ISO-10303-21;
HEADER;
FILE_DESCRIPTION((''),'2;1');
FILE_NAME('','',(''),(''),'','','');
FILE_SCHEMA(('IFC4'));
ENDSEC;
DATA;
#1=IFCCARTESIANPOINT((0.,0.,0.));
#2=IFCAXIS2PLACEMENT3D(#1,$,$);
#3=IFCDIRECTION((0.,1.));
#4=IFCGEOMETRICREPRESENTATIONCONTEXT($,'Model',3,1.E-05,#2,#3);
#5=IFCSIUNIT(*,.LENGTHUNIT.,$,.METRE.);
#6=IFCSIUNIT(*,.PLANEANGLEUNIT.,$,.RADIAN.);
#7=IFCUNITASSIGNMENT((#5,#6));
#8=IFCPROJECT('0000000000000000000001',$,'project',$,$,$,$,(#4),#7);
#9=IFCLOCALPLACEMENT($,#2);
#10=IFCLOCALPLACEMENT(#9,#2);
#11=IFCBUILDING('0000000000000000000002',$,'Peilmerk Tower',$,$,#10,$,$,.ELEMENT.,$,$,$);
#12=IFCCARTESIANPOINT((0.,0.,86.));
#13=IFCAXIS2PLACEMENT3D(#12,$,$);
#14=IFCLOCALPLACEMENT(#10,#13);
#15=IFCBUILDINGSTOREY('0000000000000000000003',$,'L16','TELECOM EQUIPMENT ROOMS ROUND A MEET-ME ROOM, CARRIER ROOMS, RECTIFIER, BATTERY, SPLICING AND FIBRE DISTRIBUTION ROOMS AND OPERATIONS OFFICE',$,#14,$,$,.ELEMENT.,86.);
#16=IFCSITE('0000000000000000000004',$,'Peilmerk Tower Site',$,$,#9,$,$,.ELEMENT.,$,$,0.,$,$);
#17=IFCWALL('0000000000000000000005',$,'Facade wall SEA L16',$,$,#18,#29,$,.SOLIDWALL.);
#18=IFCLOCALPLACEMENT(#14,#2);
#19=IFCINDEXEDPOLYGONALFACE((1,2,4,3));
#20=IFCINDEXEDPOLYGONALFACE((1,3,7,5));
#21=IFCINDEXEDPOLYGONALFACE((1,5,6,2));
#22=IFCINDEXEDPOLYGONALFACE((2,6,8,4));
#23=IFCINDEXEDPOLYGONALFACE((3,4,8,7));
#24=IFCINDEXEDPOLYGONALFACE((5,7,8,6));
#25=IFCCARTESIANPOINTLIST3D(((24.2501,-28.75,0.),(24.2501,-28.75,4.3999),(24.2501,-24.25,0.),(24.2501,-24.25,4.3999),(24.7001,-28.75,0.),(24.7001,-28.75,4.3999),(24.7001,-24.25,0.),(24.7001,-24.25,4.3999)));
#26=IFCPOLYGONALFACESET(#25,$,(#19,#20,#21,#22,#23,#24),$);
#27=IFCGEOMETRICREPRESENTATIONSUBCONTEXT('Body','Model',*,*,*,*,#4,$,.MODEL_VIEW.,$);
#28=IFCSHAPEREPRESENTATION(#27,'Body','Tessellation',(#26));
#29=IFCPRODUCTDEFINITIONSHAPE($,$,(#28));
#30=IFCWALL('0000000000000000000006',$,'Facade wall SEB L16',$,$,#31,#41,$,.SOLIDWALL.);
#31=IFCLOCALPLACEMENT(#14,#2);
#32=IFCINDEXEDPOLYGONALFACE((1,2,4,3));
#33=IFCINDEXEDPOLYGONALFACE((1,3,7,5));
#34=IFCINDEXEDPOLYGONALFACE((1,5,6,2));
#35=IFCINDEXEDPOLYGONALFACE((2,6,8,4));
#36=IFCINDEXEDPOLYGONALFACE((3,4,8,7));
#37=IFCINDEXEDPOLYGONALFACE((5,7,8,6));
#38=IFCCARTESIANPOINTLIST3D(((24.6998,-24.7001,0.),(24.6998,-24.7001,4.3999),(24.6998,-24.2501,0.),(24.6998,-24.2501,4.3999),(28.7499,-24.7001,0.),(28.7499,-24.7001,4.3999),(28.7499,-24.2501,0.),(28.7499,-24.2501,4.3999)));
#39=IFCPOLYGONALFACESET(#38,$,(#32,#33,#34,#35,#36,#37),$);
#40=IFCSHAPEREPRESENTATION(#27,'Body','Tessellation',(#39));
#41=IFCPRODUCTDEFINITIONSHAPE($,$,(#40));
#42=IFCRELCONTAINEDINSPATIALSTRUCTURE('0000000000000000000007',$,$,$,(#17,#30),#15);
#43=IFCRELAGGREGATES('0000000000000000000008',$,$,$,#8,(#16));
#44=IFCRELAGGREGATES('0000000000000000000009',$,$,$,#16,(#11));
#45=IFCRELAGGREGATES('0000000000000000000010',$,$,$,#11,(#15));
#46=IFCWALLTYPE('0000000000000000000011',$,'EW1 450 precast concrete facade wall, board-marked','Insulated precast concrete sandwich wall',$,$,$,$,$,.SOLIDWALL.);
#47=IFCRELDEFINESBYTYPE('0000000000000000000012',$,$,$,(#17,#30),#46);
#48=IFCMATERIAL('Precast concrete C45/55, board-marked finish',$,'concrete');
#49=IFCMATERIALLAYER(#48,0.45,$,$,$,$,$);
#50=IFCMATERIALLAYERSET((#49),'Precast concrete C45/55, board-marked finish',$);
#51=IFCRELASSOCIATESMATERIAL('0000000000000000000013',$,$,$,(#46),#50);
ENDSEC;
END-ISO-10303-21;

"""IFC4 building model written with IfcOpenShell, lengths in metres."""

from ifc_helpers import new_model, si_unit, direction, frame, frame_2d, origin, place, context, subcontext, project, spatial, rectangle, extrude, material, layer, layer_set, type_object, element, save


model = new_model("IFC4")

# Units and contexts
model_context = context("Model", 3, precision=1e-05, world=origin(), true_north=direction((0.0, 1.0)))
body_context = subcontext(model_context, "Body", "Model", "MODEL_VIEW")
ifc_project = project(units=[si_unit("LENGTHUNIT", "METRE"), si_unit("PLANEANGLEUNIT", "RADIAN")], contexts=[model_context])

# Site, building, storey
site_placement = place(None, origin())
site = spatial("IfcSite", under=ifc_project, at=site_placement, Name="Peilmerk Tower Site", CompositionType="ELEMENT", RefElevation=0.0)
building_placement = place(site_placement, origin())
building = spatial("IfcBuilding", under=site, at=building_placement, Name="Peilmerk Tower", CompositionType="ELEMENT")
storey_placement = place(building_placement, frame((0.0, 0.0, 86.0)))
storey = spatial("IfcBuildingStorey", under=building, at=storey_placement, Name="L16", Description="TELECOM EQUIPMENT ROOMS ROUND A MEET-ME ROOM, CARRIER ROOMS, RECTIFIER, BATTERY, SPLICING AND FIBRE DISTRIBUTION ROOMS AND OPERATIONS OFFICE", CompositionType="ELEMENT", Elevation=86.0)

# Shared definitions
ifc_material_1 = material(Name="Precast concrete C45/55, board-marked finish", Category="concrete")
ifc_layer = layer(ifc_material_1, 0.45)
ifc_layer_set = layer_set([ifc_layer], Name="Precast concrete C45/55, board-marked finish")
wall_type = type_object("IfcWallType", Name="EW1 450 precast concrete facade wall, board-marked", Description="Insulated precast concrete sandwich wall", PredefinedType="SOLIDWALL", material=ifc_layer_set)

# Walls
wall_1_placement = place(storey_placement, frame((24.4751, -24.25, 0.0), z_axis=(0.0, 0.0, 1.0), x_axis=(0.0, -1.0, 0.0)))
element("IfcWall", 1, at=wall_1_placement, inside=storey, type_object=wall_type, Name="Facade wall SEA L16", PredefinedType="SOLIDWALL", context=body_context, shape_type="SweptSolid", body=[
    extrude(rectangle(XDim=4.5, YDim=0.45, at=frame_2d((2.25, 0.0))), origin(), (0.0, 0.0, 1.0), 4.3999),
])
wall_2_placement = place(storey_placement, frame((24.7, -24.4751, 0.0), z_axis=(0.0, 0.0, 1.0), x_axis=(1.0, 0.0, 0.0)))
element("IfcWall", 2, at=wall_2_placement, inside=storey, type_object=wall_type, Name="Facade wall SEB L16", PredefinedType="SOLIDWALL", context=body_context, shape_type="SweptSolid", body=[
    extrude(rectangle(XDim=4.05, YDim=0.45, at=frame_2d((2.0249, 0.0))), origin(), (0.0, 0.0, 1.0), 4.3999),
])

save(model, "model.ifc")
